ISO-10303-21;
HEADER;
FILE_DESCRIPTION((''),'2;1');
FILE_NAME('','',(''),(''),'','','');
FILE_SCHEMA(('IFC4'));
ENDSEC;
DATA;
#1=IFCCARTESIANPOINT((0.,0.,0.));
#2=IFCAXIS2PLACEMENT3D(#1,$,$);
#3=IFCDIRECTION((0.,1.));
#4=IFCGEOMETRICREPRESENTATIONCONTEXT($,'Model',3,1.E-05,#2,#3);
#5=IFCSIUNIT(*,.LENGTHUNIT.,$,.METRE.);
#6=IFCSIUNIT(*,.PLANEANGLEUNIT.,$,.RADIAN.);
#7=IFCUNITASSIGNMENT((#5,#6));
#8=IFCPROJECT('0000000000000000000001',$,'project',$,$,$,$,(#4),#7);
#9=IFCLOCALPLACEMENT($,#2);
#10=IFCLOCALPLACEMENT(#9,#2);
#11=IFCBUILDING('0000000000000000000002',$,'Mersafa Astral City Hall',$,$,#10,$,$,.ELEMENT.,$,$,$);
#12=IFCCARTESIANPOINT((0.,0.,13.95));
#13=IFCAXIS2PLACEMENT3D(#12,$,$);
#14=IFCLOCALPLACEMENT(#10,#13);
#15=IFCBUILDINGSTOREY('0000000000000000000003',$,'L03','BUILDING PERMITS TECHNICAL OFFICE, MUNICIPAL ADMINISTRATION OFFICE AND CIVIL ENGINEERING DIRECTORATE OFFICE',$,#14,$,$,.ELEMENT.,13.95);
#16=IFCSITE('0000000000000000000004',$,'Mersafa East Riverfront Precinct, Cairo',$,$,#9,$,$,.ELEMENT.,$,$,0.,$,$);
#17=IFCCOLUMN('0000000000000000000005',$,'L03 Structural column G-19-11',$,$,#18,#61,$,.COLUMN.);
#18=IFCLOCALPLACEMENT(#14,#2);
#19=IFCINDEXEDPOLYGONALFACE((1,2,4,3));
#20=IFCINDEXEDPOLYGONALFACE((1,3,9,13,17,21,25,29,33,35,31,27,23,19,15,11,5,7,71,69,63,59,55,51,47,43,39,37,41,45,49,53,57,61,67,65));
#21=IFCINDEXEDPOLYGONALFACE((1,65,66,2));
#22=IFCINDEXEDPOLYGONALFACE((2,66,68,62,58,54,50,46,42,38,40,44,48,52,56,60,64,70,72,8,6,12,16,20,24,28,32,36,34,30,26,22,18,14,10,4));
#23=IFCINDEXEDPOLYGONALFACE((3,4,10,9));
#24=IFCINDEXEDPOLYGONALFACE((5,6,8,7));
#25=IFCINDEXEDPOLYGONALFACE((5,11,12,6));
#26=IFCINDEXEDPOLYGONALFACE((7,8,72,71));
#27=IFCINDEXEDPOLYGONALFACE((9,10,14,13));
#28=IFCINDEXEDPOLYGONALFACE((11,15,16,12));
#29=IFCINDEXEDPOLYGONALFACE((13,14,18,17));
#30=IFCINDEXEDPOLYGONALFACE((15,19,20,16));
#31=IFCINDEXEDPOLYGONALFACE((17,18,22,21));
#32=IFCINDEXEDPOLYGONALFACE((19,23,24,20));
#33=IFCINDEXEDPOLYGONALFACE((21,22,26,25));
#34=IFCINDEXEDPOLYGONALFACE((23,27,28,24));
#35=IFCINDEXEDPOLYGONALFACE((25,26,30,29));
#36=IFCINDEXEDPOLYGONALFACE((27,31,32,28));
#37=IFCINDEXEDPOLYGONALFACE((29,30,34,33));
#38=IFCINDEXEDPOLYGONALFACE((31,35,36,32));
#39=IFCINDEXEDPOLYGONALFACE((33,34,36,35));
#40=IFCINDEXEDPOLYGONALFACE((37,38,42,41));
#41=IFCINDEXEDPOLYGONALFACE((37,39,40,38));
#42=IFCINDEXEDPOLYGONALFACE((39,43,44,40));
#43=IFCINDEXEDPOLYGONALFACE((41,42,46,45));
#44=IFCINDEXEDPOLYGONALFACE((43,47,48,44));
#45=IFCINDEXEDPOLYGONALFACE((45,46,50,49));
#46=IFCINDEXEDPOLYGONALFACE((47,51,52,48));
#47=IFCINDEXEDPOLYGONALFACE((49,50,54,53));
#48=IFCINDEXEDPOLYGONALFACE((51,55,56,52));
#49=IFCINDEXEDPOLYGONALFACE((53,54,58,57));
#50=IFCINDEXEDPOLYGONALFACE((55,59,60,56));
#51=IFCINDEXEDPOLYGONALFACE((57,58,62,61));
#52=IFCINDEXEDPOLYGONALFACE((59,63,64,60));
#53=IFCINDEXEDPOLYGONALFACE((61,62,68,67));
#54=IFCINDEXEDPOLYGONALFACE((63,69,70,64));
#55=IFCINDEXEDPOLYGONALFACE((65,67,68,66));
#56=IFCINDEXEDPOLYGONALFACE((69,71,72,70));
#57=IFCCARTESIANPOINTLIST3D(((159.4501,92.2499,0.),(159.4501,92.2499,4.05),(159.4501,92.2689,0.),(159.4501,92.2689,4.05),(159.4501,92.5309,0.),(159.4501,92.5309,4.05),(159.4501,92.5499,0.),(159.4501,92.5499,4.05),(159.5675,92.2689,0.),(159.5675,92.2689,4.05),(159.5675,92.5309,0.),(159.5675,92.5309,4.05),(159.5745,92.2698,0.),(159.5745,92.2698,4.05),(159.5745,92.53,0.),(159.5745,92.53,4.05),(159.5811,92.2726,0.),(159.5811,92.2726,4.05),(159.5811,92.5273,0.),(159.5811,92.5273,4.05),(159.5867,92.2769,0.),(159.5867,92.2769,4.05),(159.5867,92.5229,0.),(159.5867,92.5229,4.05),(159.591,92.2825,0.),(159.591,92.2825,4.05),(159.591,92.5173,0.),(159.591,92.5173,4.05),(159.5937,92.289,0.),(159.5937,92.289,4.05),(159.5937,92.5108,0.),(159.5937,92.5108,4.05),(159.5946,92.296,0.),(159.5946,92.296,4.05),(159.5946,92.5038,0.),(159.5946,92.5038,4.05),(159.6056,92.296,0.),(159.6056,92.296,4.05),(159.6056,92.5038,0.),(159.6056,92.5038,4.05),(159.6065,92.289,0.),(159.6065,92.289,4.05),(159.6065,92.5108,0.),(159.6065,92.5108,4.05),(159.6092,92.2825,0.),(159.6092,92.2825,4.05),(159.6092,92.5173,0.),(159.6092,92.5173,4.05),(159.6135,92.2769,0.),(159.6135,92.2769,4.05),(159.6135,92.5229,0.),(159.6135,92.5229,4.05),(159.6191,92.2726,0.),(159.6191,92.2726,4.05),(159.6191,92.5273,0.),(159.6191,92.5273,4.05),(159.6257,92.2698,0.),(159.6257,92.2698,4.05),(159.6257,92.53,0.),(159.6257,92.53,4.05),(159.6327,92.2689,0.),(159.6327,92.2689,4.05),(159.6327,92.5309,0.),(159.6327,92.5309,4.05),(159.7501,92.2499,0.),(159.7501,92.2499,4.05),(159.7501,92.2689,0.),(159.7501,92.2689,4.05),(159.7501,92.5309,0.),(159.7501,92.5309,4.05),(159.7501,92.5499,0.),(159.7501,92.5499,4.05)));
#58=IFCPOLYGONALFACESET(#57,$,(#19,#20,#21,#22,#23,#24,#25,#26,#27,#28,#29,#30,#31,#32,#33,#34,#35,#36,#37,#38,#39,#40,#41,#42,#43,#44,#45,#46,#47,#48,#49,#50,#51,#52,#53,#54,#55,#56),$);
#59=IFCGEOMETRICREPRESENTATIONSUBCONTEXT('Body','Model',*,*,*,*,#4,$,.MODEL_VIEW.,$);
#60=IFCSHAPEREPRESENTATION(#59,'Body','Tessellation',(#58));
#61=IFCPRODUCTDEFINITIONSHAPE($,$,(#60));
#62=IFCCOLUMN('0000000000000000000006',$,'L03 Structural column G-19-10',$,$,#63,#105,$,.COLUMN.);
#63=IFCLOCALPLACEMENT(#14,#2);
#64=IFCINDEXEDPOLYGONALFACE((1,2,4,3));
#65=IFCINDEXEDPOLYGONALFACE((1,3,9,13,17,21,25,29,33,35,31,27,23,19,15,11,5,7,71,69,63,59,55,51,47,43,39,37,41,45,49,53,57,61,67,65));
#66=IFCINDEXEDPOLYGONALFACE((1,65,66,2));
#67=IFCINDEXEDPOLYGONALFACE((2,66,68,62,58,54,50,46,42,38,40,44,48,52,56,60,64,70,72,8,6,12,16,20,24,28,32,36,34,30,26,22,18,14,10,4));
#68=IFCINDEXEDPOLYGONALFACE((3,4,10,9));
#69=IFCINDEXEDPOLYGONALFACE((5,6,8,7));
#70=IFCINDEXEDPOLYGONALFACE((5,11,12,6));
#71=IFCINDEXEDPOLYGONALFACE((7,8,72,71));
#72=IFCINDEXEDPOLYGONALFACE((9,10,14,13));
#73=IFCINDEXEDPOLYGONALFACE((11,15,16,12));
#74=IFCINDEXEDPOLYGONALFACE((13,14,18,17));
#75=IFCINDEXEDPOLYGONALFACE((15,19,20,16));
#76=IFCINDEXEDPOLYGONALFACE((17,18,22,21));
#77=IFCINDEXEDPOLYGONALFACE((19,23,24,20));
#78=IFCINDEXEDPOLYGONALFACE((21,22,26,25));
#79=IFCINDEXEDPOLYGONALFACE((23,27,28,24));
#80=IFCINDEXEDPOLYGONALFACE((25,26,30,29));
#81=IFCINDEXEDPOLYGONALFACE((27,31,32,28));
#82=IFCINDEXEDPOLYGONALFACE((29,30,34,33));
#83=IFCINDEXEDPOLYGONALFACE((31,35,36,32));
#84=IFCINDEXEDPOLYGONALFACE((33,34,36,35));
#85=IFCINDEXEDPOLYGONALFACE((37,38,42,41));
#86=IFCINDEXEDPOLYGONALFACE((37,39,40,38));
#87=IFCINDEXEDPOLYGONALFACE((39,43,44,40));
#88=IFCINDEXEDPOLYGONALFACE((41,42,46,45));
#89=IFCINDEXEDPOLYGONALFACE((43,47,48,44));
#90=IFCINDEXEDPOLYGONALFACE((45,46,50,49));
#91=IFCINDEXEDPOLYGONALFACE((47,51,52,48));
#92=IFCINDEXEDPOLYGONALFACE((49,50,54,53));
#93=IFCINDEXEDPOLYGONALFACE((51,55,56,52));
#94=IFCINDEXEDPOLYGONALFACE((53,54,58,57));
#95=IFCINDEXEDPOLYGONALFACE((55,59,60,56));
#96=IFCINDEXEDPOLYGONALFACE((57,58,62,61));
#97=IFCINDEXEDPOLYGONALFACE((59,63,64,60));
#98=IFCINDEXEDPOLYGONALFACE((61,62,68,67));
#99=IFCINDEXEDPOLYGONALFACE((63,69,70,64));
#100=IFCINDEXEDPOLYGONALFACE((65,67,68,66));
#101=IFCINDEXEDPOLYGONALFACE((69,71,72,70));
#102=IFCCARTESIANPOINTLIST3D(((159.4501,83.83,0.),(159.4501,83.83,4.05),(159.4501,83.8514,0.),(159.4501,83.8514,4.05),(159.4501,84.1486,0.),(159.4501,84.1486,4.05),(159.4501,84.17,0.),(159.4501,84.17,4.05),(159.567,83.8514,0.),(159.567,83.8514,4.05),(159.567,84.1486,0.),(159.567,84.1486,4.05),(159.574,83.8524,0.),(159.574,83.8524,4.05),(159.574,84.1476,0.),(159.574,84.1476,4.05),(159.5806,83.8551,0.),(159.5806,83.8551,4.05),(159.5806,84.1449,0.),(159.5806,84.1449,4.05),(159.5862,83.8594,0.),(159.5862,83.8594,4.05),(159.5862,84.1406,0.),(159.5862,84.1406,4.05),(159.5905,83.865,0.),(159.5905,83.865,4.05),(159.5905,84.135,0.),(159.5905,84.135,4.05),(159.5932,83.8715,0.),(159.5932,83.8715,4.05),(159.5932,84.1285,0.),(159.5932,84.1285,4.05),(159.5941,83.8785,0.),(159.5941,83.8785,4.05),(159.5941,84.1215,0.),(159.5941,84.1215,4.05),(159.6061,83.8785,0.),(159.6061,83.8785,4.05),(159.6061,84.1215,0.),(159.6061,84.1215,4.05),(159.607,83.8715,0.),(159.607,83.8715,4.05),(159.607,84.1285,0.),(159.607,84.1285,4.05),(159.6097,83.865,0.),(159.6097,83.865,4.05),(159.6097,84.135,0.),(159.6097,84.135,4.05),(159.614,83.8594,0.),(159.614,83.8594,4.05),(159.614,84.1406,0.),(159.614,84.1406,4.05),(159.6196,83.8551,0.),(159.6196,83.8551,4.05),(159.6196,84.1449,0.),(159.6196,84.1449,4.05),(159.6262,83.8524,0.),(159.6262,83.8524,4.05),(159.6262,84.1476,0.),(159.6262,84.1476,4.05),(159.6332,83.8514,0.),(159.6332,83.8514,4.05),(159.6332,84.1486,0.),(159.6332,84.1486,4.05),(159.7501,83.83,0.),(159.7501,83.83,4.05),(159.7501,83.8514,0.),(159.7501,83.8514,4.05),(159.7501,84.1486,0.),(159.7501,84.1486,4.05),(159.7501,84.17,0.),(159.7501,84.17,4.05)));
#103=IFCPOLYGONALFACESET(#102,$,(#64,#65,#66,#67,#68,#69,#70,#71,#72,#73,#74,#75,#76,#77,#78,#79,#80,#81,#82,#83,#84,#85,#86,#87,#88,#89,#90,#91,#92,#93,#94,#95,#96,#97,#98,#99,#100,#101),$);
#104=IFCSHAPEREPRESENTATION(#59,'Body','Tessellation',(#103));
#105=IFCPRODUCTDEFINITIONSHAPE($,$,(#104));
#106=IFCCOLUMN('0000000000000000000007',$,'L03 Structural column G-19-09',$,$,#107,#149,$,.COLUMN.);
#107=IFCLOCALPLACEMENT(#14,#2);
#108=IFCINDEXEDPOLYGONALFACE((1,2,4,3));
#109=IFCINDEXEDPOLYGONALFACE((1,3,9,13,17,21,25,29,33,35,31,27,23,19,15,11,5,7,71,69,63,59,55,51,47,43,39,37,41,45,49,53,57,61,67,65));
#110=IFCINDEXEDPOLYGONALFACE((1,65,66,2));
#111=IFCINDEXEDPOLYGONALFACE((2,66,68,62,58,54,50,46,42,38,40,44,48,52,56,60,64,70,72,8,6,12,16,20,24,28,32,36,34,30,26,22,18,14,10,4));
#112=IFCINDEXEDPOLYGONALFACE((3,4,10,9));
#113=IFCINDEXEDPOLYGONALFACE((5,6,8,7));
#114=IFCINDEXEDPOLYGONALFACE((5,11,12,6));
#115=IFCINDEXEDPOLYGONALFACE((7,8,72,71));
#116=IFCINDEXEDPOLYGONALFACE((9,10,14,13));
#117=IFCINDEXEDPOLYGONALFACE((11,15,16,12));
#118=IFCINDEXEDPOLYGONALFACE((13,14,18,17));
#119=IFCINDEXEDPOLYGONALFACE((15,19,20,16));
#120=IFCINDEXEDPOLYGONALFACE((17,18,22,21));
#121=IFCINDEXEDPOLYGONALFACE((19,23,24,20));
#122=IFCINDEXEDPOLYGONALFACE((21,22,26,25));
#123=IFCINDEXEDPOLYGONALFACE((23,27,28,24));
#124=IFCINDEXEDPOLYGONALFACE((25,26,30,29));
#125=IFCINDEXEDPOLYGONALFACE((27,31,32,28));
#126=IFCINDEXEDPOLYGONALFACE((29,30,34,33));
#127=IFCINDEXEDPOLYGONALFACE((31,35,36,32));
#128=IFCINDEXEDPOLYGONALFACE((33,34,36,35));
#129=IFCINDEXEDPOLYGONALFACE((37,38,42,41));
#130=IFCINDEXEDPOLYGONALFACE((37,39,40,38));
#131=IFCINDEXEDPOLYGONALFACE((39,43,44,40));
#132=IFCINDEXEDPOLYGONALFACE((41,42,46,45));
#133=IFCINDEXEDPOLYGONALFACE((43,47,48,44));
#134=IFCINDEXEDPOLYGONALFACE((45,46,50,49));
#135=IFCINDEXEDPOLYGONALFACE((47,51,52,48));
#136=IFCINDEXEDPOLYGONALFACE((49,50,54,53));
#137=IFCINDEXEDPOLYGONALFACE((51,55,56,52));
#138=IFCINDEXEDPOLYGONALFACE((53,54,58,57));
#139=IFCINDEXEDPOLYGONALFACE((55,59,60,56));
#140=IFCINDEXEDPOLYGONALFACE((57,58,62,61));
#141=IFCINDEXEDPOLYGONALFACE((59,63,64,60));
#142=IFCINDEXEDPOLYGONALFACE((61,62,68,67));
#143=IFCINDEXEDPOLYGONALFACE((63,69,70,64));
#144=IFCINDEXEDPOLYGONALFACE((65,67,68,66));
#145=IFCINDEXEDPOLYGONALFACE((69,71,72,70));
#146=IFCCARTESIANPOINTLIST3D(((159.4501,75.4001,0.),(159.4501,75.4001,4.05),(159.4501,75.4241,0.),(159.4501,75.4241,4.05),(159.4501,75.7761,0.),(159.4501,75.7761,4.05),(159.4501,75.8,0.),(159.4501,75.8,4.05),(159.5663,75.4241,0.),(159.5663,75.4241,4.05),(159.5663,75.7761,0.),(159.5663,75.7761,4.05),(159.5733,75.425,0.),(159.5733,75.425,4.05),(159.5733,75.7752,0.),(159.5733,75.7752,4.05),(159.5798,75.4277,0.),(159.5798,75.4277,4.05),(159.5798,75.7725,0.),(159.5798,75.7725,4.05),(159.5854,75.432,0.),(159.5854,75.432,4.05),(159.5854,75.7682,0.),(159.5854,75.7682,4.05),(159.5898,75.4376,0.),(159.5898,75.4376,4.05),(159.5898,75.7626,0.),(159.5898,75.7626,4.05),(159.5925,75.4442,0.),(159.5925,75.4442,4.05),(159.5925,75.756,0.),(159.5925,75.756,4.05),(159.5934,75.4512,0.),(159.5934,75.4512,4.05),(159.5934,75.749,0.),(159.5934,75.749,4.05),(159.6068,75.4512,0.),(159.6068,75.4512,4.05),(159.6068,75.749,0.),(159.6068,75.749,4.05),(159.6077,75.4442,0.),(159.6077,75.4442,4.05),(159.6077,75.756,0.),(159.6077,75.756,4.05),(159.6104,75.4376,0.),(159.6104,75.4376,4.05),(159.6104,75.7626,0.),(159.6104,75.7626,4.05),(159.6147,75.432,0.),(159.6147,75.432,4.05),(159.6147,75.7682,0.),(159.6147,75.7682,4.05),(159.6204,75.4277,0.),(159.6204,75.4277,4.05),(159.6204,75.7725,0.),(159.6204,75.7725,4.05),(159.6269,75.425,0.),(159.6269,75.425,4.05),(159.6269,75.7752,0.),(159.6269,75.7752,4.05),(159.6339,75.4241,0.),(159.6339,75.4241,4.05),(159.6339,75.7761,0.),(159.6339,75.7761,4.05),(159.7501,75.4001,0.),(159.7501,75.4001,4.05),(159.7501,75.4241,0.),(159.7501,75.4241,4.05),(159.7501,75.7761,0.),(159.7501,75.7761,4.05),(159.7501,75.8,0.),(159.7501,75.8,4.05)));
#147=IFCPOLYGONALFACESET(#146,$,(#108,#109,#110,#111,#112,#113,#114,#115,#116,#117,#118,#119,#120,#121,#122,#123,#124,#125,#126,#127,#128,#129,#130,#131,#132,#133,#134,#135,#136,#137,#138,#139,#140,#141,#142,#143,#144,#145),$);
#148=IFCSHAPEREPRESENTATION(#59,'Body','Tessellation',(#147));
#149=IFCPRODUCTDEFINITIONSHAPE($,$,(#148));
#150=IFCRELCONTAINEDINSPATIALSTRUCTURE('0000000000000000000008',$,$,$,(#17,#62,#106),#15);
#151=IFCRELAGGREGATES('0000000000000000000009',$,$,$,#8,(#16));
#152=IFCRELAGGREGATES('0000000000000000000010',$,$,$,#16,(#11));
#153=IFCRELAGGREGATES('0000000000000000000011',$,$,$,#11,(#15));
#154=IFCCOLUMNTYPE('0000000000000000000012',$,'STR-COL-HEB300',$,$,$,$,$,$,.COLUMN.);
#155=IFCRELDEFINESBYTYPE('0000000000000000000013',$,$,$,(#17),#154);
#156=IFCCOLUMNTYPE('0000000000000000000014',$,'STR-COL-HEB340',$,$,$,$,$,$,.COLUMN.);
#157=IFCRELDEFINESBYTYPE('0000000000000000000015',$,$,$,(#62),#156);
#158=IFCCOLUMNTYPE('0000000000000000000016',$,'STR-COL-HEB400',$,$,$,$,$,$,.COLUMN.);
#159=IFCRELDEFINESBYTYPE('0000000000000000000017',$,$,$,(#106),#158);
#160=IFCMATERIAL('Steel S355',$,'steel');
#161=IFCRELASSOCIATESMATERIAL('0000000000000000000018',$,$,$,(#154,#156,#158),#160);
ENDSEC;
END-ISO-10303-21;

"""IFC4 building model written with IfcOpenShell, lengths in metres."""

from ifc_helpers import new_model, si_unit, direction, frame, origin, origin_2d, place, context, subcontext, project, spatial, i_section, extrude, material, material_profile, profile_set, type_object, element, save


model = new_model("IFC4")

# Units and contexts
model_context = context("Model", 3, precision=1e-05, world=origin(), true_north=direction((0.0, 1.0)))
body_context = subcontext(model_context, "Body", "Model", "MODEL_VIEW")
ifc_project = project(units=[si_unit("LENGTHUNIT", "METRE"), si_unit("PLANEANGLEUNIT", "RADIAN")], contexts=[model_context])

# Site, building, storey
site_placement = place(None, origin())
site = spatial("IfcSite", under=ifc_project, at=site_placement, Name="Mersafa East Riverfront Precinct, Cairo", CompositionType="ELEMENT", RefElevation=0.0)
building_placement = place(site_placement, origin())
building = spatial("IfcBuilding", under=site, at=building_placement, Name="Mersafa Astral City Hall", CompositionType="ELEMENT")
storey_placement = place(building_placement, frame((0.0, 0.0, 13.95)))
storey = spatial("IfcBuildingStorey", under=building, at=storey_placement, Name="L03", Description="BUILDING PERMITS TECHNICAL OFFICE, MUNICIPAL ADMINISTRATION OFFICE AND CIVIL ENGINEERING DIRECTORATE OFFICE", CompositionType="ELEMENT", Elevation=13.95)

# Columns
ifc_material_1 = material(Name="Steel S355", Category="steel")
ifc_material_profile_1 = material_profile(ifc_material_1, i_section(OverallWidth=0.3, OverallDepth=0.3, WebThickness=0.011, FlangeThickness=0.019, FilletRadius=0.0271, at=origin_2d()), Name="HEB 300")
ifc_profile_set_1 = profile_set([ifc_material_profile_1], Name="Steel S355")
column_type_1 = type_object("IfcColumnType", Name="STR-COL-HEB300", PredefinedType="COLUMN", material=ifc_profile_set_1)
column_1_placement = place(storey_placement, frame((159.6001, 92.3999, 0.0), z_axis=(0.0, 0.0, 1.0), x_axis=(1.0, 0.0, 0.0)))
element("IfcColumn", 1, at=column_1_placement, inside=storey, type_object=column_type_1, Name="L03 Structural column G-19-11", PredefinedType="COLUMN", context=body_context, shape_type="SweptSolid", body=[
    extrude(i_section(OverallWidth=0.3, OverallDepth=0.3, WebThickness=0.011, FlangeThickness=0.019, FilletRadius=0.0271, at=origin_2d()), origin(), (0.0, 0.0, 1.0), 4.05),
])
ifc_material_profile_2 = material_profile(ifc_material_1, i_section(OverallWidth=0.3, OverallDepth=0.3401, WebThickness=0.012, FlangeThickness=0.0215, FilletRadius=0.0271, at=origin_2d()), Name="HEB 340")
ifc_profile_set_2 = profile_set([ifc_material_profile_2], Name="Steel S355")
column_type_2 = type_object("IfcColumnType", Name="STR-COL-HEB340", PredefinedType="COLUMN", material=ifc_profile_set_2)
column_2_placement = place(storey_placement, frame((159.6001, 84.0, 0.0), z_axis=(0.0, 0.0, 1.0), x_axis=(1.0, 0.0, 0.0)))
element("IfcColumn", 2, at=column_2_placement, inside=storey, type_object=column_type_2, Name="L03 Structural column G-19-10", PredefinedType="COLUMN", context=body_context, shape_type="SweptSolid", body=[
    extrude(i_section(OverallWidth=0.3, OverallDepth=0.3401, WebThickness=0.012, FlangeThickness=0.0215, FilletRadius=0.0271, at=origin_2d()), origin(), (0.0, 0.0, 1.0), 4.05),
])
ifc_material_profile_3 = material_profile(ifc_material_1, i_section(OverallWidth=0.3, OverallDepth=0.3999, WebThickness=0.0134, FlangeThickness=0.0239, FilletRadius=0.0271, at=origin_2d()), Name="HEB 400")
ifc_profile_set_3 = profile_set([ifc_material_profile_3], Name="Steel S355")
column_type_3 = type_object("IfcColumnType", Name="STR-COL-HEB400", PredefinedType="COLUMN", material=ifc_profile_set_3)
column_3_placement = place(storey_placement, frame((159.6001, 75.6001, 0.0), z_axis=(0.0, 0.0, 1.0), x_axis=(1.0, 0.0, 0.0)))
element("IfcColumn", 3, at=column_3_placement, inside=storey, type_object=column_type_3, Name="L03 Structural column G-19-09", PredefinedType="COLUMN", context=body_context, shape_type="SweptSolid", body=[
    extrude(i_section(OverallWidth=0.3, OverallDepth=0.3999, WebThickness=0.0134, FlangeThickness=0.0239, FilletRadius=0.0271, at=origin_2d()), origin(), (0.0, 0.0, 1.0), 4.05),
])

save(model, "model.ifc")
